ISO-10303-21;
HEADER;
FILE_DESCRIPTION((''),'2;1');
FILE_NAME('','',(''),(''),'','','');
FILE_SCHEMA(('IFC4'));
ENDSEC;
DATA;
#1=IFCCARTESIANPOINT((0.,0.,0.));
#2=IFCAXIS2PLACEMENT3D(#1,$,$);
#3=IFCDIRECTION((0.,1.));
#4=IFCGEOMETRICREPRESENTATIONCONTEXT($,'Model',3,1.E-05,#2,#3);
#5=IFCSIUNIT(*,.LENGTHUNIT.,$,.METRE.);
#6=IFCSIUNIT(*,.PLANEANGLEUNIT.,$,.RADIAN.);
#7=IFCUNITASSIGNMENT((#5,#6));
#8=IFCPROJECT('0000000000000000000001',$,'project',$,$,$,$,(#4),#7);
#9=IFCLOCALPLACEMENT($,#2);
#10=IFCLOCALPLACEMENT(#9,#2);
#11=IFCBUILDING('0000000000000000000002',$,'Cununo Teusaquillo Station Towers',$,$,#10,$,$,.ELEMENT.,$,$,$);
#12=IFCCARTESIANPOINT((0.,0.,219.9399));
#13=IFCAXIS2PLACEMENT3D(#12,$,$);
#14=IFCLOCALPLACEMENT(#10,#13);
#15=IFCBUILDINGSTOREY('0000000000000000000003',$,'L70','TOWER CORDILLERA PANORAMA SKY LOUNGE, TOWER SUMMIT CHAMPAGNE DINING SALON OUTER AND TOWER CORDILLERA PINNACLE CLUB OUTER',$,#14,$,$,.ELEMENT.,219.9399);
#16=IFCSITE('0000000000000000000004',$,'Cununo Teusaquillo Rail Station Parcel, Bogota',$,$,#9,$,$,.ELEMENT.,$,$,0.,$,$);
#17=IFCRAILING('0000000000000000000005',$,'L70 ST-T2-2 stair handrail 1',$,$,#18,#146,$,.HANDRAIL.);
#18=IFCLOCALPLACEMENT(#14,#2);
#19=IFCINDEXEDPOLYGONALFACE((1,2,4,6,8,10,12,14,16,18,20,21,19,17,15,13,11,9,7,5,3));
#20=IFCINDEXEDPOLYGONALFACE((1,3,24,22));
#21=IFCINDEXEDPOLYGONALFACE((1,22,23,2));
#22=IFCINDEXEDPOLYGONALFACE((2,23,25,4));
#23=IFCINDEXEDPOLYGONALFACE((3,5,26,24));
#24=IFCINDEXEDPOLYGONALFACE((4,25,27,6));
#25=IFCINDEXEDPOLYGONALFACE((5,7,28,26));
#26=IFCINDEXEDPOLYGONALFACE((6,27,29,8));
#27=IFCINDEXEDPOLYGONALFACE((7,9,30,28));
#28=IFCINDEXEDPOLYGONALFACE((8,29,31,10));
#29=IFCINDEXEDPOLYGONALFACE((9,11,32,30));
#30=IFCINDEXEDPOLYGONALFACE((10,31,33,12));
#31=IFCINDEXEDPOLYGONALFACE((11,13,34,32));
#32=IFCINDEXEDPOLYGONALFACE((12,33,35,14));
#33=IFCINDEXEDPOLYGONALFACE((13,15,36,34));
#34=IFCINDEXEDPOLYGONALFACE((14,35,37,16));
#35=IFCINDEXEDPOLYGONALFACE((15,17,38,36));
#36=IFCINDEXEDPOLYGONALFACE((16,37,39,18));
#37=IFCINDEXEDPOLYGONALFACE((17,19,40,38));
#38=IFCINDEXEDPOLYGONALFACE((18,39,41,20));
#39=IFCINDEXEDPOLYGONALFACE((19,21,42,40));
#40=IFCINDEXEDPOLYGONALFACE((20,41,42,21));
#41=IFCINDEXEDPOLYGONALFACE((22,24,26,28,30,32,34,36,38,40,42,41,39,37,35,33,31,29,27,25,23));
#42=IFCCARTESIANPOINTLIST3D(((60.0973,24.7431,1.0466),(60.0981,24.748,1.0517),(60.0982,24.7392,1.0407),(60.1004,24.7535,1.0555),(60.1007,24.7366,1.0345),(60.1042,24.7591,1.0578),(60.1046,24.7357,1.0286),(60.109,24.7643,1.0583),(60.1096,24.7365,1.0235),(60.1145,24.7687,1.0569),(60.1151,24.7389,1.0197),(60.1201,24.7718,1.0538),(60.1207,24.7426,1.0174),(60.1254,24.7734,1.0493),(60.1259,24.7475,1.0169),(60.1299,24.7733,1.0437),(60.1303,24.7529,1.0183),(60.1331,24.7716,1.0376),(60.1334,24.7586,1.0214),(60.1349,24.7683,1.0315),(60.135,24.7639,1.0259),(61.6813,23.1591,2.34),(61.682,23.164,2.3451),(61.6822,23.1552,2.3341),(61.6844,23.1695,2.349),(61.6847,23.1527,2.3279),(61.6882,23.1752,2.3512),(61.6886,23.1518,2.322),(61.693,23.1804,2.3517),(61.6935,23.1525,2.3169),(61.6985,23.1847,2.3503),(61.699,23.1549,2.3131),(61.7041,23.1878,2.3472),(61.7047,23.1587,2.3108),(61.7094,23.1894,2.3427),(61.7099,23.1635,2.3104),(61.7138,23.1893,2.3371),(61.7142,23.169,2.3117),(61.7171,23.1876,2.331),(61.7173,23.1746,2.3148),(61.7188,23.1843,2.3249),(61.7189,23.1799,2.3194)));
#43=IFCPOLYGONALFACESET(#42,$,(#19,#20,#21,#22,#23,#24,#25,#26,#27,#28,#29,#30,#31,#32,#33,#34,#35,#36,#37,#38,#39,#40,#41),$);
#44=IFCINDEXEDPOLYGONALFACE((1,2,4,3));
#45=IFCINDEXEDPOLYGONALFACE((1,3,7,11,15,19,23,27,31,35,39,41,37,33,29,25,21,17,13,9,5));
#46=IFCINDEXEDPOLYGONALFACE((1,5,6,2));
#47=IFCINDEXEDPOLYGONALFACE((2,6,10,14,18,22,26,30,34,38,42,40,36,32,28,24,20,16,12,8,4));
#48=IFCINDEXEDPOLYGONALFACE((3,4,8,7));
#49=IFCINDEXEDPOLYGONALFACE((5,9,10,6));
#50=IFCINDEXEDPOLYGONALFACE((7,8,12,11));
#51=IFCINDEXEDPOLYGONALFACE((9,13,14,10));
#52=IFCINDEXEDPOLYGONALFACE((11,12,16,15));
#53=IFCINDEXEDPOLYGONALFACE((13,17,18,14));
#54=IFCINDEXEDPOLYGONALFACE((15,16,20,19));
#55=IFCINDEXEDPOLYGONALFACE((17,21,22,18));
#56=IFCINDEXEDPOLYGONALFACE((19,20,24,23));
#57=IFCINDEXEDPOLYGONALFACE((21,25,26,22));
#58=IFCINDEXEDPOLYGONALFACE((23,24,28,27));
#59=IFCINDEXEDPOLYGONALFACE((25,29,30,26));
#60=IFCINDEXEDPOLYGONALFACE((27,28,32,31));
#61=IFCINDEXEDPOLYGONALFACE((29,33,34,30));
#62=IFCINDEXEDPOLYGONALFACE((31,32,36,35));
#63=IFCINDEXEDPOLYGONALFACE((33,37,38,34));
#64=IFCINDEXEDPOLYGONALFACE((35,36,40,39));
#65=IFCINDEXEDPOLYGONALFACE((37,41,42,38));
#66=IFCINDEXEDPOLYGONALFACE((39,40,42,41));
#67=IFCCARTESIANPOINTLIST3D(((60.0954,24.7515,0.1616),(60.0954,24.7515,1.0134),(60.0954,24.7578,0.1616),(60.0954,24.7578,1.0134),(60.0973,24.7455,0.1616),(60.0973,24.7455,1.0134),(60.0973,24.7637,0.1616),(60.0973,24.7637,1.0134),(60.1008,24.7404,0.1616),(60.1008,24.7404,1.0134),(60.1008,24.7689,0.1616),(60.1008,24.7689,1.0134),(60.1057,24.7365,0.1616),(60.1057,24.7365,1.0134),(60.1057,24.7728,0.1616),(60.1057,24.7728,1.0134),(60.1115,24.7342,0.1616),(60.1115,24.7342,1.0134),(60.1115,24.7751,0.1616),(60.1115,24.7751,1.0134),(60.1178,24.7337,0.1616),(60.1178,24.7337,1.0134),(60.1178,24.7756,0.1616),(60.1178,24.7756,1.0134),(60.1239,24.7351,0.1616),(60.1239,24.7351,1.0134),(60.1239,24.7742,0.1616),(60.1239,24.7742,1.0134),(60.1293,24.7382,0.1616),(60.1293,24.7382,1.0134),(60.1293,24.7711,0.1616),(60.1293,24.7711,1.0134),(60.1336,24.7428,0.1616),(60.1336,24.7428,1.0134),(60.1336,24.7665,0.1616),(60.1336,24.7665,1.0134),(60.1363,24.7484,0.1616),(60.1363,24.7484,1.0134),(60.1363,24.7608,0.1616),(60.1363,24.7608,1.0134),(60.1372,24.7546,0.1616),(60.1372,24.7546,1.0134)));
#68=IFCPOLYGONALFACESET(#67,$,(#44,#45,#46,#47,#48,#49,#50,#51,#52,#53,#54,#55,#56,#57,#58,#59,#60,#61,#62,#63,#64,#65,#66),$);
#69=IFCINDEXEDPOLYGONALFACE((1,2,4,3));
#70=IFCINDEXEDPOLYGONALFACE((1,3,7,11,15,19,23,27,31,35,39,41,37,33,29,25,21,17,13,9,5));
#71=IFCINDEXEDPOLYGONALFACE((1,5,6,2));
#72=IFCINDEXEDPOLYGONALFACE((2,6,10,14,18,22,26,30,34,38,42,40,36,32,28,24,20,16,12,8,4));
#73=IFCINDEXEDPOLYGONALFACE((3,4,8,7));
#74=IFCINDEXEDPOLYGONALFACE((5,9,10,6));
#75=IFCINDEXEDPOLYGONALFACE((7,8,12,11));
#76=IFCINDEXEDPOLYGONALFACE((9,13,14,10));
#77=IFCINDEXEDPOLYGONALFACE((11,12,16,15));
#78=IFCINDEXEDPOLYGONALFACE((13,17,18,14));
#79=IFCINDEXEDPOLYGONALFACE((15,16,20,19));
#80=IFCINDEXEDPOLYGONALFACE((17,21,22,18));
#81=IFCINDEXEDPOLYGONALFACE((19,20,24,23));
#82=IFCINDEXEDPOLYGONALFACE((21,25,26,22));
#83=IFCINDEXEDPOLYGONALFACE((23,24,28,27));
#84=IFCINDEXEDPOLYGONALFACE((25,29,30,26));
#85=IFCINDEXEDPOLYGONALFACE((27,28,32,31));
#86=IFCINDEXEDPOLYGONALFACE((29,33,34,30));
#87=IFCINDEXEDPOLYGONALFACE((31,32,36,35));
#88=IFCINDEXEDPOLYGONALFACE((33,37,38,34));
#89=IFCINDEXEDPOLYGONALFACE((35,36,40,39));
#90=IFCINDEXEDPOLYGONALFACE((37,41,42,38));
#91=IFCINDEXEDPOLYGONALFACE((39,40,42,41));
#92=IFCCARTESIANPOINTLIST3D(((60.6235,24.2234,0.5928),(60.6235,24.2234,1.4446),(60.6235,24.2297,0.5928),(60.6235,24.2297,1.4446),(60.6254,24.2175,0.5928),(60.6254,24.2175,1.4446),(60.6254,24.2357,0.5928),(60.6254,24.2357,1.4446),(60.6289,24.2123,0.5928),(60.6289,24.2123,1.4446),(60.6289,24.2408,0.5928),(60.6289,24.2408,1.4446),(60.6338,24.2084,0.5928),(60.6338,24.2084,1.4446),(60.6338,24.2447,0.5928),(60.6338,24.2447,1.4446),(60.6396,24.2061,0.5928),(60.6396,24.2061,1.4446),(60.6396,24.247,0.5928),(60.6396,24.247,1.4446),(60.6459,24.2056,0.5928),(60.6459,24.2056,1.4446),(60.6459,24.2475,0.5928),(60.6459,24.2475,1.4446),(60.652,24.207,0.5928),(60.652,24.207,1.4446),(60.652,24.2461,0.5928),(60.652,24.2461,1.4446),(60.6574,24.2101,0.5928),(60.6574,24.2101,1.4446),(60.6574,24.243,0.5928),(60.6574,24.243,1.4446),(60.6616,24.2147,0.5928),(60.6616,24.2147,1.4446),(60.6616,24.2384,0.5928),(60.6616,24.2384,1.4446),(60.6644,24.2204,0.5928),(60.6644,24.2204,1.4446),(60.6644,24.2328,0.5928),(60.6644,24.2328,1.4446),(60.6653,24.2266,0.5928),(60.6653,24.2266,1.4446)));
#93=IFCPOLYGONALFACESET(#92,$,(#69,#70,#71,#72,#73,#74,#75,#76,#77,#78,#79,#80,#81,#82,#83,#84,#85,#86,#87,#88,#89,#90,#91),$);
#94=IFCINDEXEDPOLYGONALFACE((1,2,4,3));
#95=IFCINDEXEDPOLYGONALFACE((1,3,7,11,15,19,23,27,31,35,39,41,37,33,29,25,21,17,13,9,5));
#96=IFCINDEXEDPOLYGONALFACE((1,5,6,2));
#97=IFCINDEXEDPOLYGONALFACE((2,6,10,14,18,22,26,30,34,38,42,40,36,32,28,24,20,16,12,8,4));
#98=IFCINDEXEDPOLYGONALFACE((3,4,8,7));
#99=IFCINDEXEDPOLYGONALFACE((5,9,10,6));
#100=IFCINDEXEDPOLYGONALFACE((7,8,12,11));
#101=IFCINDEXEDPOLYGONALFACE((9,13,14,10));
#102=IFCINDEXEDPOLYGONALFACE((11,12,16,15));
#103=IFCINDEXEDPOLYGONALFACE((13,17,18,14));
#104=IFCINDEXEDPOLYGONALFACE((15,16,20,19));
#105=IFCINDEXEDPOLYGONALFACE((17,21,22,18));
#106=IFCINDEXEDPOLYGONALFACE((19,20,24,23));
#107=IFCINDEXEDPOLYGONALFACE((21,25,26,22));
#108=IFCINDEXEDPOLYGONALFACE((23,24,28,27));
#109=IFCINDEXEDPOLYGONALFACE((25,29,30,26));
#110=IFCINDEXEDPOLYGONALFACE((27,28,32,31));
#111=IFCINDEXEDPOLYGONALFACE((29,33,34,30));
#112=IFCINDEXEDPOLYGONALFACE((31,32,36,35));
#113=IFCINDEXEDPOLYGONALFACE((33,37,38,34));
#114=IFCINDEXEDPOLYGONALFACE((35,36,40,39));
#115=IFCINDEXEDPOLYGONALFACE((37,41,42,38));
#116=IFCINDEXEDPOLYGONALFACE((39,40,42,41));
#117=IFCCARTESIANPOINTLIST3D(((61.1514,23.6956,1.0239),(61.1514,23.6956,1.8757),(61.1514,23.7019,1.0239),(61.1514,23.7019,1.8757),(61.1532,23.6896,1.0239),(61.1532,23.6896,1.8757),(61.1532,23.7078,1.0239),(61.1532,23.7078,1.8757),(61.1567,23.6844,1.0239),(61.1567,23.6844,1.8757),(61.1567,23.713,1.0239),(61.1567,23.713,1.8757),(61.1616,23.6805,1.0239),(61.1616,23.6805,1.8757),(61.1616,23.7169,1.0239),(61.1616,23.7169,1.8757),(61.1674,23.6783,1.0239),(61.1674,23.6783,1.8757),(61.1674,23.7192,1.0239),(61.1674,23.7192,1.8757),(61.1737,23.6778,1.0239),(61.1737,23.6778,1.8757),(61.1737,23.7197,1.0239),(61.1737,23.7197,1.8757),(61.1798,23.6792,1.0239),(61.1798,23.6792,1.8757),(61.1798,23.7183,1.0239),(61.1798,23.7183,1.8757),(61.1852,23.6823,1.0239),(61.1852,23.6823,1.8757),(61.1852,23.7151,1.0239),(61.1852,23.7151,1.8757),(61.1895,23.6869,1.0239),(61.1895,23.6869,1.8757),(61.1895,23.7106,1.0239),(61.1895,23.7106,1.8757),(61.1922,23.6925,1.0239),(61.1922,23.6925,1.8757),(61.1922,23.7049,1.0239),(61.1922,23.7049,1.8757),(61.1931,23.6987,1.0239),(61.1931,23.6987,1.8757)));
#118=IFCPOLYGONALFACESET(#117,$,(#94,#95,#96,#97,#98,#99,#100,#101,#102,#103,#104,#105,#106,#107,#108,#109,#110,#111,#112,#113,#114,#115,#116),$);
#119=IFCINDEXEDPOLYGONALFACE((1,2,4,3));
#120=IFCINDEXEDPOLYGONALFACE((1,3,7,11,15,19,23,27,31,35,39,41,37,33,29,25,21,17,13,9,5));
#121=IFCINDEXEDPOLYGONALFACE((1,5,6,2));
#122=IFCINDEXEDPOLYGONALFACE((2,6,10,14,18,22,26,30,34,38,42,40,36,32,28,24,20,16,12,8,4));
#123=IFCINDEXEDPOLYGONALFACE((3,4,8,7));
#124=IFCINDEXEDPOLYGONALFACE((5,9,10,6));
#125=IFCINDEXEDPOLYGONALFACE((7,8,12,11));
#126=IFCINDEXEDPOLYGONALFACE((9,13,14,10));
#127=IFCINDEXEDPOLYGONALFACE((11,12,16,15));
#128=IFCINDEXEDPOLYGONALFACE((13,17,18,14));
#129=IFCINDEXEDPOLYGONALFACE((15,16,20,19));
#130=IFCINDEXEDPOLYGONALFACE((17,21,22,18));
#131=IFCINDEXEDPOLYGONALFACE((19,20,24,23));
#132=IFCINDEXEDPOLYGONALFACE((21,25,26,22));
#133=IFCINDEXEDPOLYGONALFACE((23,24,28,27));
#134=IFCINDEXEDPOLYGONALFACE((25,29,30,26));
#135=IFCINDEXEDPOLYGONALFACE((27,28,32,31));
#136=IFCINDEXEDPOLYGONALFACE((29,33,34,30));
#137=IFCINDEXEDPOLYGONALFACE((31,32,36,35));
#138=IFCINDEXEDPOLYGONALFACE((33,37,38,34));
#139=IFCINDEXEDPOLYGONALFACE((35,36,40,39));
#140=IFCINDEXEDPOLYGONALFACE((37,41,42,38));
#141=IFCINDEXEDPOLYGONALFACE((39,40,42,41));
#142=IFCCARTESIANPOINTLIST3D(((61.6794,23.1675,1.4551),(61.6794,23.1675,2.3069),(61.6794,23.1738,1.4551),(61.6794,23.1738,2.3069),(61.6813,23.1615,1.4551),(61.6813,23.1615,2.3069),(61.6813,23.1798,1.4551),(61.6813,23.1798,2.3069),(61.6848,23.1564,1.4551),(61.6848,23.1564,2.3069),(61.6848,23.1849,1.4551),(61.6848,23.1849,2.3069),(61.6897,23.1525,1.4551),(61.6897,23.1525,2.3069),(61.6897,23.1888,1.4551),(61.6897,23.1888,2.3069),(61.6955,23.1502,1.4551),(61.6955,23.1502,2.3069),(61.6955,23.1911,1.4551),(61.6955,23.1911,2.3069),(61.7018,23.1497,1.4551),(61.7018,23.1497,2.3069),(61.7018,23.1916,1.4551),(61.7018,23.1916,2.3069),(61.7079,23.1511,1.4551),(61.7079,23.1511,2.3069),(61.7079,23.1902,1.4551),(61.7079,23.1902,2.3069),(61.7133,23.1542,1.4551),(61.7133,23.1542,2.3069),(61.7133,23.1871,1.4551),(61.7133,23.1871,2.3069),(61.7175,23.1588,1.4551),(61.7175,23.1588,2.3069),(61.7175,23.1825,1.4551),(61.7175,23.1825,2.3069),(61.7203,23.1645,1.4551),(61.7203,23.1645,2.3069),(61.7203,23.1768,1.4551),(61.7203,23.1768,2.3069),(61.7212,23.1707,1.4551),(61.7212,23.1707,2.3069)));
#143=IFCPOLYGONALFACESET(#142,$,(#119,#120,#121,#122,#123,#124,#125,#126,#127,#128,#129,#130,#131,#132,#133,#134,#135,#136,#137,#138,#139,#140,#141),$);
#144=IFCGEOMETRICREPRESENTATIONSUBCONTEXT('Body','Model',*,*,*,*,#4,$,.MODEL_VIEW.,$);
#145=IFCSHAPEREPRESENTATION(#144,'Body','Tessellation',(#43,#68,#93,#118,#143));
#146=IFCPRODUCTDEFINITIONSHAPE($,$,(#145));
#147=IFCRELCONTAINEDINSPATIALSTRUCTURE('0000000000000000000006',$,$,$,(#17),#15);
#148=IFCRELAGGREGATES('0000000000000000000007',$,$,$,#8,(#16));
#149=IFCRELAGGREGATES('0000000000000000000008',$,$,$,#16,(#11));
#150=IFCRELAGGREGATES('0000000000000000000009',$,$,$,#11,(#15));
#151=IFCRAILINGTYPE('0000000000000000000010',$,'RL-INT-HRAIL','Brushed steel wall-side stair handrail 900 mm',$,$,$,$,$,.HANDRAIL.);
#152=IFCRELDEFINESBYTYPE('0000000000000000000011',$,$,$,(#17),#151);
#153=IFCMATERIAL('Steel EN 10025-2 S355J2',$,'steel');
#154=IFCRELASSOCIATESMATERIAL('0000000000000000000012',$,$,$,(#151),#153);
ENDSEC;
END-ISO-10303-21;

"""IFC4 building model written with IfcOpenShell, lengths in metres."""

from ifc_helpers import new_model, si_unit, direction, frame, origin, origin_2d, place, context, subcontext, project, spatial, circle, extrude, material, type_object, element, save


model = new_model("IFC4")

# Units and contexts
model_context = context("Model", 3, precision=1e-05, world=origin(), true_north=direction((0.0, 1.0)))
body_context = subcontext(model_context, "Body", "Model", "MODEL_VIEW")
ifc_project = project(units=[si_unit("LENGTHUNIT", "METRE"), si_unit("PLANEANGLEUNIT", "RADIAN")], contexts=[model_context])

# Site, building, storey
site_placement = place(None, origin())
site = spatial("IfcSite", under=ifc_project, at=site_placement, Name="Cununo Teusaquillo Rail Station Parcel, Bogota", CompositionType="ELEMENT", RefElevation=0.0)
building_placement = place(site_placement, origin())
building = spatial("IfcBuilding", under=site, at=building_placement, Name="Cununo Teusaquillo Station Towers", CompositionType="ELEMENT")
storey_placement = place(building_placement, frame((0.0, 0.0, 219.9399)))
storey = spatial("IfcBuildingStorey", under=building, at=storey_placement, Name="L70", Description="TOWER CORDILLERA PANORAMA SKY LOUNGE, TOWER SUMMIT CHAMPAGNE DINING SALON OUTER AND TOWER CORDILLERA PINNACLE CLUB OUTER", CompositionType="ELEMENT", Elevation=219.9399)

# Railing
ifc_material_1 = material(Name="Steel EN 10025-2 S355J2", Category="steel")
railing_type_1 = type_object("IfcRailingType", Name="RL-INT-HRAIL", Description="Brushed steel wall-side stair handrail 900 mm", PredefinedType="HANDRAIL", material=ifc_material_1)
railing_1_placement = place(storey_placement, frame((60.1162, 24.7546, 0.1616)))
element("IfcRailing", 1, at=railing_1_placement, inside=storey, type_object=railing_type_1, Name="L70 ST-T2-2 stair handrail 1", PredefinedType="HANDRAIL", context=body_context, shape_type="SweptSolid", body=[
    extrude(circle(Radius=0.0239, at=origin_2d()), frame((0.0, 0.0, 0.876), z_axis=(0.612356, -0.612356, 0.50004), x_axis=(0.707107, 0.707107, 0.0)), (0.0, 0.0, 1.0), 2.5867),
    extrude(circle(Radius=0.021, at=origin_2d()), origin(), (0.0, 0.0, 1.0), 0.8518),
    extrude(circle(Radius=0.021, at=origin_2d()), frame((0.5281, -0.5281, 0.4312)), (0.0, 0.0, 1.0), 0.8518),
    extrude(circle(Radius=0.021, at=origin_2d()), frame((1.0559, -1.0559, 0.8623)), (0.0, 0.0, 1.0), 0.8518),
    extrude(circle(Radius=0.021, at=origin_2d()), frame((1.584, -1.584, 1.2935)), (0.0, 0.0, 1.0), 0.8518),
])

save(model, "model.ifc")
